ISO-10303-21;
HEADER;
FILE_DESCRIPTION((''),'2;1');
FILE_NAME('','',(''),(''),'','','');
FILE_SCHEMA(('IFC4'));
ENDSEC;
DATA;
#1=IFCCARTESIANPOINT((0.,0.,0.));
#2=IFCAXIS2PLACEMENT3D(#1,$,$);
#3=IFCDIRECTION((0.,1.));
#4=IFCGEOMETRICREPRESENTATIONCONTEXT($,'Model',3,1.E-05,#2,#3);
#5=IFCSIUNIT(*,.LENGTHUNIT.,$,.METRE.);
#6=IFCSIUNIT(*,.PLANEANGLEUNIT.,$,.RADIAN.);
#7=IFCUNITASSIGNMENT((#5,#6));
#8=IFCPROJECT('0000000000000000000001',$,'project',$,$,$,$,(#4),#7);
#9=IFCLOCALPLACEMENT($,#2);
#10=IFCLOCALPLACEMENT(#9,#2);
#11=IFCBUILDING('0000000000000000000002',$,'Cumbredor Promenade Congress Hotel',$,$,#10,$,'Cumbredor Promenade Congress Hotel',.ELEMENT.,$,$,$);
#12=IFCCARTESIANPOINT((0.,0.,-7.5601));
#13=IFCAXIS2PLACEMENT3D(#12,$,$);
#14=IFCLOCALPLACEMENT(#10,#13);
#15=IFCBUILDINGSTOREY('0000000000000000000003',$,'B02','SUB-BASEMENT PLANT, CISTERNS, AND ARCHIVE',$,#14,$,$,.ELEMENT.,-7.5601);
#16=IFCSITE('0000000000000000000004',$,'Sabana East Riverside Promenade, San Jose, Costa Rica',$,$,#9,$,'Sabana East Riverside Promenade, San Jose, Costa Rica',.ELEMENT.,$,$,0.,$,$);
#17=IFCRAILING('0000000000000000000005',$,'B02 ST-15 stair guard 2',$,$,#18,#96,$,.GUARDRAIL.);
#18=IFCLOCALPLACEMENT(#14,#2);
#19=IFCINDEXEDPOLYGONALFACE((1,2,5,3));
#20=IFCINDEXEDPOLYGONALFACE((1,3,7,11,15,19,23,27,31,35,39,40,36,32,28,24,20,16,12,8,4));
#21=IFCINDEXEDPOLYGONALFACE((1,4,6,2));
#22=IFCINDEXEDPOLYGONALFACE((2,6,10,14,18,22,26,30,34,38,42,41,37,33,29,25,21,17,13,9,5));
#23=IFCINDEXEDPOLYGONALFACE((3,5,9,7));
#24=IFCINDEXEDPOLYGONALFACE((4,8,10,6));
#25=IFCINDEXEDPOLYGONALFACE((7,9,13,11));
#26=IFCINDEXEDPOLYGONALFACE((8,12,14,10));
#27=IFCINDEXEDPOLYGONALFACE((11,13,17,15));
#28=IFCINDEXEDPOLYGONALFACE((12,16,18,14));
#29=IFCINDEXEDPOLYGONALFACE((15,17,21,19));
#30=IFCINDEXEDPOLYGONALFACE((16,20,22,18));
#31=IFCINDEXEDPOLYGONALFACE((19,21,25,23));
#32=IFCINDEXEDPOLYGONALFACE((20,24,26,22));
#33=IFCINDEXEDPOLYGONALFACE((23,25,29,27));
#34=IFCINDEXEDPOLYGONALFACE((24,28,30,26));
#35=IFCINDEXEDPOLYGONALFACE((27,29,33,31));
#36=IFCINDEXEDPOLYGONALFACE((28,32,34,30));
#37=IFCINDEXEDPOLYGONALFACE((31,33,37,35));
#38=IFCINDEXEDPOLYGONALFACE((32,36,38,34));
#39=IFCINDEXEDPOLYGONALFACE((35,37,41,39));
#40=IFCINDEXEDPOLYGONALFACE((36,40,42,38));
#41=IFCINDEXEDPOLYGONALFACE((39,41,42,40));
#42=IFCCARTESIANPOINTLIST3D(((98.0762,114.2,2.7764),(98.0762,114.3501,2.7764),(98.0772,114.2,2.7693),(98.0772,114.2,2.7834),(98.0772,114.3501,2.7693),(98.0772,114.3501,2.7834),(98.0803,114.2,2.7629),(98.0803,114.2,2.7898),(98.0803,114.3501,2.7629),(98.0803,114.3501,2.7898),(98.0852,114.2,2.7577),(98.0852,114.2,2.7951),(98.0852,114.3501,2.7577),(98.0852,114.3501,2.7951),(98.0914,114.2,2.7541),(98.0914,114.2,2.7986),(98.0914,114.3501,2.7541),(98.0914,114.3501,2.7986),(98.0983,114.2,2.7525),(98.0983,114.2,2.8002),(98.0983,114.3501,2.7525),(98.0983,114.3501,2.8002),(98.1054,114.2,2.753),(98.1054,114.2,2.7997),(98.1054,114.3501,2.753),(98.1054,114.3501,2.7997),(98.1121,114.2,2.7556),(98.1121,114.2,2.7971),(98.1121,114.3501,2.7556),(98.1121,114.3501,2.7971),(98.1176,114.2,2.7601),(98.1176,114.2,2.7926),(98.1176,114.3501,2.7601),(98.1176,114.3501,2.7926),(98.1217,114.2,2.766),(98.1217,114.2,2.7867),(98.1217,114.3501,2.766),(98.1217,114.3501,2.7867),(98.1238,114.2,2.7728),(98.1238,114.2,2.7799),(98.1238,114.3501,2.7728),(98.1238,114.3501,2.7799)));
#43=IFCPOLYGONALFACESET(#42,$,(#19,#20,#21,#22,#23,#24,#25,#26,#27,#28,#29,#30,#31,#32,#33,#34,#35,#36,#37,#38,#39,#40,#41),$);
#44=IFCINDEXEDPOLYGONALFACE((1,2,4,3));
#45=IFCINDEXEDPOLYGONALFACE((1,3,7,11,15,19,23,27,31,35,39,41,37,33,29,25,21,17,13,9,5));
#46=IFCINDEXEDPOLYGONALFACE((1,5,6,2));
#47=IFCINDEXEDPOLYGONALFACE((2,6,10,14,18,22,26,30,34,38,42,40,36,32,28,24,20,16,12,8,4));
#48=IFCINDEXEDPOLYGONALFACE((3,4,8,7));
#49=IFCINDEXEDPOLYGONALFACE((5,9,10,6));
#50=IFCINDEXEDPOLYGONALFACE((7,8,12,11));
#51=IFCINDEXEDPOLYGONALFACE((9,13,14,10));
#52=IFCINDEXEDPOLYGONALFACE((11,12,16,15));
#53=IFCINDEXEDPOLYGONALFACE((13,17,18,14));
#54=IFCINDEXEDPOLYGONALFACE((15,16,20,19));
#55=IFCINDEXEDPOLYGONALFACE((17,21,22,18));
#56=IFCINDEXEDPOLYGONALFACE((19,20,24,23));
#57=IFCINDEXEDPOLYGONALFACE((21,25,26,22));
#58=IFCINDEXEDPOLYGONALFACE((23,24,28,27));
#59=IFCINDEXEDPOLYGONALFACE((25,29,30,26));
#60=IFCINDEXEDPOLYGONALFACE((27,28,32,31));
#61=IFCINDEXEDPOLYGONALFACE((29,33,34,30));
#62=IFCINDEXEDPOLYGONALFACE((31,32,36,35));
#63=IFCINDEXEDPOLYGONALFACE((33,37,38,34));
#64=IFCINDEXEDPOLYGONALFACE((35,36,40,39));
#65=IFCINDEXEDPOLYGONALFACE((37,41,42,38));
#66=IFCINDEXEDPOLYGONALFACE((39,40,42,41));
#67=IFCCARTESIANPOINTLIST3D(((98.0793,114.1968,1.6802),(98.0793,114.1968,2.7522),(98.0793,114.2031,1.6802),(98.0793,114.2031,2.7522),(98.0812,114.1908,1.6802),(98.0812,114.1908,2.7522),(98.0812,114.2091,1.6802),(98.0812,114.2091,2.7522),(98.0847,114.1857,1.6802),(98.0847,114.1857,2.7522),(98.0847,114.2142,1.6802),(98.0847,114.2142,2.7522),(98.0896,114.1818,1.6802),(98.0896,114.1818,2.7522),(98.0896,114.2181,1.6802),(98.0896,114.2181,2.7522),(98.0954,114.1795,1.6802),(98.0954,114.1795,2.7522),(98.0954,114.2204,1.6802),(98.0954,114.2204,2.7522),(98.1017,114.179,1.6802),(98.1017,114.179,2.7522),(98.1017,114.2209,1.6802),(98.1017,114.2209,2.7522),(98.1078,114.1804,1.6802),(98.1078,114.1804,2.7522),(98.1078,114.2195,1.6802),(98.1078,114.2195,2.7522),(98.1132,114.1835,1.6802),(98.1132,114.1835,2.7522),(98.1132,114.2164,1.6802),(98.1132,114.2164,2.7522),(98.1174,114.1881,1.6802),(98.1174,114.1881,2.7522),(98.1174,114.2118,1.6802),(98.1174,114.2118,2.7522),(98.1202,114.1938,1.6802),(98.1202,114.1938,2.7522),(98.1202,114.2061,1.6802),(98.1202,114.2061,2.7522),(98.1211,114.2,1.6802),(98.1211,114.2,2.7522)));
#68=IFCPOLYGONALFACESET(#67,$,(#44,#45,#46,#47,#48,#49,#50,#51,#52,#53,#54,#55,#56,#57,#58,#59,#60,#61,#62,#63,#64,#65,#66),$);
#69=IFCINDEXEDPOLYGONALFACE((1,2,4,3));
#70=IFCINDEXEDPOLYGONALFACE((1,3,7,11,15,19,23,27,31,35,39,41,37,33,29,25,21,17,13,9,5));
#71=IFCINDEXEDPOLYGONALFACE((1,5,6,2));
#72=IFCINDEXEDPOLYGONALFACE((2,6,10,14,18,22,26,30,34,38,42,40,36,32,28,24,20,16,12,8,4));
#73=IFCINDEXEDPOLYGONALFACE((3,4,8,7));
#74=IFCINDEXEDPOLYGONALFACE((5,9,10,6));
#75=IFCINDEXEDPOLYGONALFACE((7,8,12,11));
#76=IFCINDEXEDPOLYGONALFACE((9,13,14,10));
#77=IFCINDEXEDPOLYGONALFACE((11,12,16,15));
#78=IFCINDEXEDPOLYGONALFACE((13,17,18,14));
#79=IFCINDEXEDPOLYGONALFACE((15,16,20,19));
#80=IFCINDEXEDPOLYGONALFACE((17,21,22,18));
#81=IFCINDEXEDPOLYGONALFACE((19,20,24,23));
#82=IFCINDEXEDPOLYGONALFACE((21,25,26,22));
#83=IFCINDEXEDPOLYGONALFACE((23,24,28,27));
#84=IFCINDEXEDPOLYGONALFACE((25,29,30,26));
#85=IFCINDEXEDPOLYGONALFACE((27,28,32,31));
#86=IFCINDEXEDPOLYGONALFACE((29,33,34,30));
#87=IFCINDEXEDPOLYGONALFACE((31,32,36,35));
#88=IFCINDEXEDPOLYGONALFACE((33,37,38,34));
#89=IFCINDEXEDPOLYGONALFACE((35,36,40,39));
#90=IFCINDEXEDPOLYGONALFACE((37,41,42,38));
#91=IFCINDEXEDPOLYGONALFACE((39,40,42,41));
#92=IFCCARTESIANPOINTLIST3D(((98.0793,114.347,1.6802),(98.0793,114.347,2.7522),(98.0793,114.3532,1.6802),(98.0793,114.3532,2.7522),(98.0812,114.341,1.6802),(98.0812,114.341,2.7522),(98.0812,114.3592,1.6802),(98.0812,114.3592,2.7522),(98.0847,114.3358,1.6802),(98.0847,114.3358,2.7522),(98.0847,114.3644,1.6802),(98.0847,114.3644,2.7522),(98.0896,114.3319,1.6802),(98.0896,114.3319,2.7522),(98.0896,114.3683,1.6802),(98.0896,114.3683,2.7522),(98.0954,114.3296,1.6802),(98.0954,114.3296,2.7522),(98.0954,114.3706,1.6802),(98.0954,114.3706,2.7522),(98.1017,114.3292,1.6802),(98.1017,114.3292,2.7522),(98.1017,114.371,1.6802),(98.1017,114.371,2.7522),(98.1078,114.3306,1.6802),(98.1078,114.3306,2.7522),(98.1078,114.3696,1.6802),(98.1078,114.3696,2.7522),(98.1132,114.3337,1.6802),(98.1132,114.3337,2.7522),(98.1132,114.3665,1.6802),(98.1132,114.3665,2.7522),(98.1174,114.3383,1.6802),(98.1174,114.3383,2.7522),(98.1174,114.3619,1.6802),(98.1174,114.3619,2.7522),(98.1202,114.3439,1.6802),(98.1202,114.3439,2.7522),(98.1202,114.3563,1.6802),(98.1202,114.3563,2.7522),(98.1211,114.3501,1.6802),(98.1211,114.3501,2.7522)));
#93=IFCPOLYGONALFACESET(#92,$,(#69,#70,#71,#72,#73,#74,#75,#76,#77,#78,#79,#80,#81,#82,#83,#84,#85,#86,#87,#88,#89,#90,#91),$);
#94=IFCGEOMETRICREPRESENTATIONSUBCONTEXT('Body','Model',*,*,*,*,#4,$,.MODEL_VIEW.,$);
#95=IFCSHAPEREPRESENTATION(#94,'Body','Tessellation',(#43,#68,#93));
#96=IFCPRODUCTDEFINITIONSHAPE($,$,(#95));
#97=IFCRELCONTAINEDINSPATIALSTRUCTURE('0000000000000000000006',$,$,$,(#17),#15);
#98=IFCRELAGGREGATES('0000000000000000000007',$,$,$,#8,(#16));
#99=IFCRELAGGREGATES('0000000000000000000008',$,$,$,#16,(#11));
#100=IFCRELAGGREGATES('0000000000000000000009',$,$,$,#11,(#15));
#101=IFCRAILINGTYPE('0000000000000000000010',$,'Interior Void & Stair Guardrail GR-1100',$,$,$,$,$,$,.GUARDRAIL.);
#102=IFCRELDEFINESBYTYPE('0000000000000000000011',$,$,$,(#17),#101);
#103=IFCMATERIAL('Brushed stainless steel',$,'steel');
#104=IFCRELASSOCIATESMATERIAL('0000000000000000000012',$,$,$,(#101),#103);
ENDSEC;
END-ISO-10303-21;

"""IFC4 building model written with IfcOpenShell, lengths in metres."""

from ifc_helpers import new_model, si_unit, direction, frame, origin, origin_2d, place, context, subcontext, project, spatial, circle, extrude, material, type_object, element, save


model = new_model("IFC4")

# Units and contexts
model_context = context("Model", 3, precision=1e-05, world=origin(), true_north=direction((0.0, 1.0)))
body_context = subcontext(model_context, "Body", "Model", "MODEL_VIEW")
ifc_project = project(units=[si_unit("LENGTHUNIT", "METRE"), si_unit("PLANEANGLEUNIT", "RADIAN")], contexts=[model_context])

# Site, building, storey
site_placement = place(None, origin())
site = spatial("IfcSite", under=ifc_project, at=site_placement, Name="Sabana East Riverside Promenade, San Jose, Costa Rica", LongName="Sabana East Riverside Promenade, San Jose, Costa Rica", CompositionType="ELEMENT", RefElevation=0.0)
building_placement = place(site_placement, origin())
building = spatial("IfcBuilding", under=site, at=building_placement, Name="Cumbredor Promenade Congress Hotel", LongName="Cumbredor Promenade Congress Hotel", CompositionType="ELEMENT")
storey_placement = place(building_placement, frame((0.0, 0.0, -7.5601)))
storey = spatial("IfcBuildingStorey", under=building, at=storey_placement, Name="B02", Description="SUB-BASEMENT PLANT, CISTERNS, AND ARCHIVE", CompositionType="ELEMENT", Elevation=-7.5601)

# Railing
ifc_material_1 = material(Name="Brushed stainless steel", Category="steel")
railing_type_1 = type_object("IfcRailingType", Name="Interior Void & Stair Guardrail GR-1100", PredefinedType="GUARDRAIL", material=ifc_material_1)
railing_1_placement = place(storey_placement, frame((98.1001, 114.2, 1.6802)))
element("IfcRailing", 1, at=railing_1_placement, inside=storey, type_object=railing_type_1, Name="B02 ST-15 stair guard 2", PredefinedType="GUARDRAIL", context=body_context, shape_type="SweptSolid", body=[
    extrude(circle(Radius=0.0239, at=origin_2d()), frame((0.0, 0.0, 1.0962), z_axis=(0.0, 1.0, 0.0), x_axis=(-1.0, 0.0, 0.0)), (0.0, 0.0, 1.0), 0.1501),
    extrude(circle(Radius=0.021, at=origin_2d()), origin(), (0.0, 0.0, 1.0), 1.072),
    extrude(circle(Radius=0.021, at=origin_2d()), frame((0.0, 0.1501, 0.0)), (0.0, 0.0, 1.0), 1.072),
])

save(model, "model.ifc")
